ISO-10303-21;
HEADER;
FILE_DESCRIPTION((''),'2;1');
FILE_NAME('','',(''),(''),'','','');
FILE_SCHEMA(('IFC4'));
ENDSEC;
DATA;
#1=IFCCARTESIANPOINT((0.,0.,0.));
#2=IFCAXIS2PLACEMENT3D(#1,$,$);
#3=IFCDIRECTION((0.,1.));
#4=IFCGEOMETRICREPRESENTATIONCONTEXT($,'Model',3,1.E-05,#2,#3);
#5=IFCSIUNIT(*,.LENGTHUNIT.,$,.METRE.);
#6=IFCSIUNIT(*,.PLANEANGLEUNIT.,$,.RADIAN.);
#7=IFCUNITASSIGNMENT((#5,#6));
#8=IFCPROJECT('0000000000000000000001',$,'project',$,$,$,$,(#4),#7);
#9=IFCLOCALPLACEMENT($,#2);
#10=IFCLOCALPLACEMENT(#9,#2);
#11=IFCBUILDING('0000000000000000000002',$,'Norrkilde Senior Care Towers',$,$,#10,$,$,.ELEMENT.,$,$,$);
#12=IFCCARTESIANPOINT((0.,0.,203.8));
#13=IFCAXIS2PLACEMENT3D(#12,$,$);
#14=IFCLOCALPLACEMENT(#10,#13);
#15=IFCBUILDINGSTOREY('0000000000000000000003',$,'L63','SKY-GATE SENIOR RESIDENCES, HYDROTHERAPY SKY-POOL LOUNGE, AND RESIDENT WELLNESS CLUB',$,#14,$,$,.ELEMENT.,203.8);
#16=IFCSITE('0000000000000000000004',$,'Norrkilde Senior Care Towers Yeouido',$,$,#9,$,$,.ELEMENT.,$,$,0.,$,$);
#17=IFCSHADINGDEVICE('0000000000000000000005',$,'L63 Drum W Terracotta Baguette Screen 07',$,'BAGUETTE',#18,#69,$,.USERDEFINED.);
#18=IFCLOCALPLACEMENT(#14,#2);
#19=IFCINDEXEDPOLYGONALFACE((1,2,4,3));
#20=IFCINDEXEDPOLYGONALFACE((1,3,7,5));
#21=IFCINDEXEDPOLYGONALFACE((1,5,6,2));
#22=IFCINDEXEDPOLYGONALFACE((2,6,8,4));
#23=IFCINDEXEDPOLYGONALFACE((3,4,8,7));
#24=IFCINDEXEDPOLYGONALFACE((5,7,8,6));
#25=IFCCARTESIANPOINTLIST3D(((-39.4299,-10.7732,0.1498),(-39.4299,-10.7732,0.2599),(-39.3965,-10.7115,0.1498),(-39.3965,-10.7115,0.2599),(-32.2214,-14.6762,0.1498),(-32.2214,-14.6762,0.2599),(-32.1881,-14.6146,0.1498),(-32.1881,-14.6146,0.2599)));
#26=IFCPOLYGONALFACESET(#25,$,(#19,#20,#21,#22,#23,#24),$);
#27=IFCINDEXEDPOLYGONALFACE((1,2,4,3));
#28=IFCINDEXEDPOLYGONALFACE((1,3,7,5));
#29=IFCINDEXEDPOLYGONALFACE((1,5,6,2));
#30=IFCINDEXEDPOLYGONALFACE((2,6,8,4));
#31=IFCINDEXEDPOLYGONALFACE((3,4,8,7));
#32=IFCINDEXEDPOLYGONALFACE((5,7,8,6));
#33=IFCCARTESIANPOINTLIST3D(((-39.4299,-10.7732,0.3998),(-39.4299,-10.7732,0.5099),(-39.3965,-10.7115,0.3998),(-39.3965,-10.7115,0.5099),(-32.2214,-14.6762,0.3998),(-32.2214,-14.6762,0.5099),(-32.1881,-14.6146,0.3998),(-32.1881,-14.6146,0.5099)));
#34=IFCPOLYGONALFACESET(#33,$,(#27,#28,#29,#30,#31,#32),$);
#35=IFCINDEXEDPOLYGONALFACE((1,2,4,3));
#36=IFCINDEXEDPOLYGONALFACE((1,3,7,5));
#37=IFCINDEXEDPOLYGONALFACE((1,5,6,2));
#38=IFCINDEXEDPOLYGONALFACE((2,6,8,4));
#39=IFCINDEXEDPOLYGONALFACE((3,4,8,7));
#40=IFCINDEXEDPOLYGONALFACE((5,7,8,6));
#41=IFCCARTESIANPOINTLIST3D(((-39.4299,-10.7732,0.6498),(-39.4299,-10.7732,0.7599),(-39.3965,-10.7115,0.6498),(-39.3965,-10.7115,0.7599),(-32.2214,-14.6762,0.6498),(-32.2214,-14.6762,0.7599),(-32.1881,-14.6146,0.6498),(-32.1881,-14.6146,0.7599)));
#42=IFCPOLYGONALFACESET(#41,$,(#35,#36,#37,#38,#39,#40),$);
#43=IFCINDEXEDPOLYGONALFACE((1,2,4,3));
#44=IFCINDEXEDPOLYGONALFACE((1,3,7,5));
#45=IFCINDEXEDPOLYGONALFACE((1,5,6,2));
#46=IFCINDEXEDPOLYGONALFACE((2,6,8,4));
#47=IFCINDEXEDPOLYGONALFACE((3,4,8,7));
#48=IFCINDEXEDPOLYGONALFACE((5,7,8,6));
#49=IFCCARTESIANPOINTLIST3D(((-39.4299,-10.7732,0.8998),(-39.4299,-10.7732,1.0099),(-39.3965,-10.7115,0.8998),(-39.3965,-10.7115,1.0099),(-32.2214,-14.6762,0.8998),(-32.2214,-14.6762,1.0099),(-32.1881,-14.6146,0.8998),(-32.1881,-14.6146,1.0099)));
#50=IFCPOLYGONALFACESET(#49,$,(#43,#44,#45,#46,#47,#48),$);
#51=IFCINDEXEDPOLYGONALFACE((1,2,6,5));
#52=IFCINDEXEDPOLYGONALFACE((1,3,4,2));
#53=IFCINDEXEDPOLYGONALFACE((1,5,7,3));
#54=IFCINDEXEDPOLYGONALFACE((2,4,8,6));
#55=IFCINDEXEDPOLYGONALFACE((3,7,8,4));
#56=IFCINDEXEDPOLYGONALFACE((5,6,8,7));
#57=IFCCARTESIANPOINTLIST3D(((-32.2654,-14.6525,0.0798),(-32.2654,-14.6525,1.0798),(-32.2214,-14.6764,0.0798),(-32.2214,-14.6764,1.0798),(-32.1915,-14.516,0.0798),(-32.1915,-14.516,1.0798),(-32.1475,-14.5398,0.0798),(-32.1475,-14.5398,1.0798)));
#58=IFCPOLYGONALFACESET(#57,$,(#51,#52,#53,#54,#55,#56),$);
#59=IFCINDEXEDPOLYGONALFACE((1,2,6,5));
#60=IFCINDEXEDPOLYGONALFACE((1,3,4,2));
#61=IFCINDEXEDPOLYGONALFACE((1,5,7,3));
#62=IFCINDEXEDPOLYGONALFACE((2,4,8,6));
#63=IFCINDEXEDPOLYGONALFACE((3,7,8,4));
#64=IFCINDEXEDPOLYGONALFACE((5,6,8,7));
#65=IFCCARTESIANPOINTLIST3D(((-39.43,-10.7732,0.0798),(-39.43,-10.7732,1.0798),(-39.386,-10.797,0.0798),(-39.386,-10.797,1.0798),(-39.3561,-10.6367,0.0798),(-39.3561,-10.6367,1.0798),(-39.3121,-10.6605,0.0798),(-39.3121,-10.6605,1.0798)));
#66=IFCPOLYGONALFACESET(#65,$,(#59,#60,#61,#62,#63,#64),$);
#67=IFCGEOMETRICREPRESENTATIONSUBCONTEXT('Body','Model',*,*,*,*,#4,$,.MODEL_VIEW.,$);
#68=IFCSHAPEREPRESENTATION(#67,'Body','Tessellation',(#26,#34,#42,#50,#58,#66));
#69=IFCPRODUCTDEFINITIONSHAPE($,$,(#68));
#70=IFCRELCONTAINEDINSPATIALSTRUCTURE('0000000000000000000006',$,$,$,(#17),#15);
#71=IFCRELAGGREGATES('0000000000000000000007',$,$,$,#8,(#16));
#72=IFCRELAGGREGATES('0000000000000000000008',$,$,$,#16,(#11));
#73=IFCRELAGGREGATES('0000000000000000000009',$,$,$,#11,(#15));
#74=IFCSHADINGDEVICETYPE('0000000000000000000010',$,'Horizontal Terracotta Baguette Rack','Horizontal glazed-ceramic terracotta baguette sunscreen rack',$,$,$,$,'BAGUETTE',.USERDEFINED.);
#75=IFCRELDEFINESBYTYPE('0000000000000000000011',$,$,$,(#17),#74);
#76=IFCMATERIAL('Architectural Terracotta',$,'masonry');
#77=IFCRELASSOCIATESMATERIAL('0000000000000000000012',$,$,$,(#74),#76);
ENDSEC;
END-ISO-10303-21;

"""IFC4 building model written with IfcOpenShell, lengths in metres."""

from ifc_helpers import new_model, si_unit, direction, frame, origin, origin_2d, place, context, subcontext, project, spatial, rectangle, extrude, source, transform, mapped, material, type_object, type_shapes, element, save


model = new_model("IFC4")

# Units and contexts
model_context = context("Model", 3, precision=1e-05, world=origin(), true_north=direction((0.0, 1.0)))
body_context = subcontext(model_context, "Body", "Model", "MODEL_VIEW")
ifc_project = project(units=[si_unit("LENGTHUNIT", "METRE"), si_unit("PLANEANGLEUNIT", "RADIAN")], contexts=[model_context])

# Site, building, storey
site_placement = place(None, origin())
site = spatial("IfcSite", under=ifc_project, at=site_placement, Name="Norrkilde Senior Care Towers Yeouido", CompositionType="ELEMENT", RefElevation=0.0)
building_placement = place(site_placement, origin())
building = spatial("IfcBuilding", under=site, at=building_placement, Name="Norrkilde Senior Care Towers", CompositionType="ELEMENT")
storey_placement = place(building_placement, frame((0.0, 0.0, 203.8)))
storey = spatial("IfcBuildingStorey", under=building, at=storey_placement, Name="L63", Description="SKY-GATE SENIOR RESIDENCES, HYDROTHERAPY SKY-POOL LOUNGE, AND RESIDENT WELLNESS CLUB", CompositionType="ELEMENT", Elevation=203.8)

# Shading device
ifc_material_1 = material(Name="Architectural Terracotta", Category="masonry")
shading_device_type = type_object("IfcShadingDeviceType", Name="Horizontal Terracotta Baguette Rack", Description="Horizontal glazed-ceramic terracotta baguette sunscreen rack", ElementType="BAGUETTE", PredefinedType="USERDEFINED", material=ifc_material_1)
shared_shape_1 = source(origin(), body_context, "Body", "SweptSolid", [
    extrude(rectangle(XDim=0.0701, YDim=0.1101, at=origin_2d()), frame((0.0, 0.0901, 0.125), z_axis=(1.0, 0.0, 0.0), x_axis=(0.0, 1.0, 0.0)), (0.0, 0.0, 1.0), 8.1973),
    extrude(rectangle(XDim=0.0701, YDim=0.1101, at=origin_2d()), frame((0.0, 0.0901, 0.375), z_axis=(1.0, 0.0, 0.0), x_axis=(0.0, 1.0, 0.0)), (0.0, 0.0, 1.0), 8.1973),
    extrude(rectangle(XDim=0.0701, YDim=0.1101, at=origin_2d()), frame((0.0, 0.0901, 0.625), z_axis=(1.0, 0.0, 0.0), x_axis=(0.0, 1.0, 0.0)), (0.0, 0.0, 1.0), 8.1973),
    extrude(rectangle(XDim=0.0701, YDim=0.1101, at=origin_2d()), frame((0.0, 0.0901, 0.875), z_axis=(1.0, 0.0, 0.0), x_axis=(0.0, 1.0, 0.0)), (0.0, 0.0, 1.0), 8.1973),
    extrude(rectangle(XDim=0.05, YDim=0.1553, at=origin_2d()), frame((0.0249, 0.0476, 0.0)), (0.0, 0.0, 1.0), 1.0),
    extrude(rectangle(XDim=0.05, YDim=0.1553, at=origin_2d()), frame((8.1724, 0.0476, 0.0)), (0.0, 0.0, 1.0), 1.0),
])
type_shapes(shading_device_type, [shared_shape_1])
shading_device_placement = place(storey_placement, frame((-32.1619, -14.5662, 0.0798), z_axis=(0.0, 0.0, 1.0), x_axis=(-0.879378, 0.476144, 0.0)))
element("IfcShadingDevice", 1, at=shading_device_placement, inside=storey, type_object=shading_device_type, Name="L63 Drum W Terracotta Baguette Screen 07", ObjectType="BAGUETTE", PredefinedType="USERDEFINED", context=body_context, shape_type="MappedRepresentation", body=[
    mapped(shared_shape_1, transform((0.0, 0.0, 0.0), x_axis=(1.0, 0.0, 0.0), y_axis=(0.0, 1.0, 0.0), z_axis=(0.0, 0.0, 1.0), scale=1.0)),
])

save(model, "model.ifc")
